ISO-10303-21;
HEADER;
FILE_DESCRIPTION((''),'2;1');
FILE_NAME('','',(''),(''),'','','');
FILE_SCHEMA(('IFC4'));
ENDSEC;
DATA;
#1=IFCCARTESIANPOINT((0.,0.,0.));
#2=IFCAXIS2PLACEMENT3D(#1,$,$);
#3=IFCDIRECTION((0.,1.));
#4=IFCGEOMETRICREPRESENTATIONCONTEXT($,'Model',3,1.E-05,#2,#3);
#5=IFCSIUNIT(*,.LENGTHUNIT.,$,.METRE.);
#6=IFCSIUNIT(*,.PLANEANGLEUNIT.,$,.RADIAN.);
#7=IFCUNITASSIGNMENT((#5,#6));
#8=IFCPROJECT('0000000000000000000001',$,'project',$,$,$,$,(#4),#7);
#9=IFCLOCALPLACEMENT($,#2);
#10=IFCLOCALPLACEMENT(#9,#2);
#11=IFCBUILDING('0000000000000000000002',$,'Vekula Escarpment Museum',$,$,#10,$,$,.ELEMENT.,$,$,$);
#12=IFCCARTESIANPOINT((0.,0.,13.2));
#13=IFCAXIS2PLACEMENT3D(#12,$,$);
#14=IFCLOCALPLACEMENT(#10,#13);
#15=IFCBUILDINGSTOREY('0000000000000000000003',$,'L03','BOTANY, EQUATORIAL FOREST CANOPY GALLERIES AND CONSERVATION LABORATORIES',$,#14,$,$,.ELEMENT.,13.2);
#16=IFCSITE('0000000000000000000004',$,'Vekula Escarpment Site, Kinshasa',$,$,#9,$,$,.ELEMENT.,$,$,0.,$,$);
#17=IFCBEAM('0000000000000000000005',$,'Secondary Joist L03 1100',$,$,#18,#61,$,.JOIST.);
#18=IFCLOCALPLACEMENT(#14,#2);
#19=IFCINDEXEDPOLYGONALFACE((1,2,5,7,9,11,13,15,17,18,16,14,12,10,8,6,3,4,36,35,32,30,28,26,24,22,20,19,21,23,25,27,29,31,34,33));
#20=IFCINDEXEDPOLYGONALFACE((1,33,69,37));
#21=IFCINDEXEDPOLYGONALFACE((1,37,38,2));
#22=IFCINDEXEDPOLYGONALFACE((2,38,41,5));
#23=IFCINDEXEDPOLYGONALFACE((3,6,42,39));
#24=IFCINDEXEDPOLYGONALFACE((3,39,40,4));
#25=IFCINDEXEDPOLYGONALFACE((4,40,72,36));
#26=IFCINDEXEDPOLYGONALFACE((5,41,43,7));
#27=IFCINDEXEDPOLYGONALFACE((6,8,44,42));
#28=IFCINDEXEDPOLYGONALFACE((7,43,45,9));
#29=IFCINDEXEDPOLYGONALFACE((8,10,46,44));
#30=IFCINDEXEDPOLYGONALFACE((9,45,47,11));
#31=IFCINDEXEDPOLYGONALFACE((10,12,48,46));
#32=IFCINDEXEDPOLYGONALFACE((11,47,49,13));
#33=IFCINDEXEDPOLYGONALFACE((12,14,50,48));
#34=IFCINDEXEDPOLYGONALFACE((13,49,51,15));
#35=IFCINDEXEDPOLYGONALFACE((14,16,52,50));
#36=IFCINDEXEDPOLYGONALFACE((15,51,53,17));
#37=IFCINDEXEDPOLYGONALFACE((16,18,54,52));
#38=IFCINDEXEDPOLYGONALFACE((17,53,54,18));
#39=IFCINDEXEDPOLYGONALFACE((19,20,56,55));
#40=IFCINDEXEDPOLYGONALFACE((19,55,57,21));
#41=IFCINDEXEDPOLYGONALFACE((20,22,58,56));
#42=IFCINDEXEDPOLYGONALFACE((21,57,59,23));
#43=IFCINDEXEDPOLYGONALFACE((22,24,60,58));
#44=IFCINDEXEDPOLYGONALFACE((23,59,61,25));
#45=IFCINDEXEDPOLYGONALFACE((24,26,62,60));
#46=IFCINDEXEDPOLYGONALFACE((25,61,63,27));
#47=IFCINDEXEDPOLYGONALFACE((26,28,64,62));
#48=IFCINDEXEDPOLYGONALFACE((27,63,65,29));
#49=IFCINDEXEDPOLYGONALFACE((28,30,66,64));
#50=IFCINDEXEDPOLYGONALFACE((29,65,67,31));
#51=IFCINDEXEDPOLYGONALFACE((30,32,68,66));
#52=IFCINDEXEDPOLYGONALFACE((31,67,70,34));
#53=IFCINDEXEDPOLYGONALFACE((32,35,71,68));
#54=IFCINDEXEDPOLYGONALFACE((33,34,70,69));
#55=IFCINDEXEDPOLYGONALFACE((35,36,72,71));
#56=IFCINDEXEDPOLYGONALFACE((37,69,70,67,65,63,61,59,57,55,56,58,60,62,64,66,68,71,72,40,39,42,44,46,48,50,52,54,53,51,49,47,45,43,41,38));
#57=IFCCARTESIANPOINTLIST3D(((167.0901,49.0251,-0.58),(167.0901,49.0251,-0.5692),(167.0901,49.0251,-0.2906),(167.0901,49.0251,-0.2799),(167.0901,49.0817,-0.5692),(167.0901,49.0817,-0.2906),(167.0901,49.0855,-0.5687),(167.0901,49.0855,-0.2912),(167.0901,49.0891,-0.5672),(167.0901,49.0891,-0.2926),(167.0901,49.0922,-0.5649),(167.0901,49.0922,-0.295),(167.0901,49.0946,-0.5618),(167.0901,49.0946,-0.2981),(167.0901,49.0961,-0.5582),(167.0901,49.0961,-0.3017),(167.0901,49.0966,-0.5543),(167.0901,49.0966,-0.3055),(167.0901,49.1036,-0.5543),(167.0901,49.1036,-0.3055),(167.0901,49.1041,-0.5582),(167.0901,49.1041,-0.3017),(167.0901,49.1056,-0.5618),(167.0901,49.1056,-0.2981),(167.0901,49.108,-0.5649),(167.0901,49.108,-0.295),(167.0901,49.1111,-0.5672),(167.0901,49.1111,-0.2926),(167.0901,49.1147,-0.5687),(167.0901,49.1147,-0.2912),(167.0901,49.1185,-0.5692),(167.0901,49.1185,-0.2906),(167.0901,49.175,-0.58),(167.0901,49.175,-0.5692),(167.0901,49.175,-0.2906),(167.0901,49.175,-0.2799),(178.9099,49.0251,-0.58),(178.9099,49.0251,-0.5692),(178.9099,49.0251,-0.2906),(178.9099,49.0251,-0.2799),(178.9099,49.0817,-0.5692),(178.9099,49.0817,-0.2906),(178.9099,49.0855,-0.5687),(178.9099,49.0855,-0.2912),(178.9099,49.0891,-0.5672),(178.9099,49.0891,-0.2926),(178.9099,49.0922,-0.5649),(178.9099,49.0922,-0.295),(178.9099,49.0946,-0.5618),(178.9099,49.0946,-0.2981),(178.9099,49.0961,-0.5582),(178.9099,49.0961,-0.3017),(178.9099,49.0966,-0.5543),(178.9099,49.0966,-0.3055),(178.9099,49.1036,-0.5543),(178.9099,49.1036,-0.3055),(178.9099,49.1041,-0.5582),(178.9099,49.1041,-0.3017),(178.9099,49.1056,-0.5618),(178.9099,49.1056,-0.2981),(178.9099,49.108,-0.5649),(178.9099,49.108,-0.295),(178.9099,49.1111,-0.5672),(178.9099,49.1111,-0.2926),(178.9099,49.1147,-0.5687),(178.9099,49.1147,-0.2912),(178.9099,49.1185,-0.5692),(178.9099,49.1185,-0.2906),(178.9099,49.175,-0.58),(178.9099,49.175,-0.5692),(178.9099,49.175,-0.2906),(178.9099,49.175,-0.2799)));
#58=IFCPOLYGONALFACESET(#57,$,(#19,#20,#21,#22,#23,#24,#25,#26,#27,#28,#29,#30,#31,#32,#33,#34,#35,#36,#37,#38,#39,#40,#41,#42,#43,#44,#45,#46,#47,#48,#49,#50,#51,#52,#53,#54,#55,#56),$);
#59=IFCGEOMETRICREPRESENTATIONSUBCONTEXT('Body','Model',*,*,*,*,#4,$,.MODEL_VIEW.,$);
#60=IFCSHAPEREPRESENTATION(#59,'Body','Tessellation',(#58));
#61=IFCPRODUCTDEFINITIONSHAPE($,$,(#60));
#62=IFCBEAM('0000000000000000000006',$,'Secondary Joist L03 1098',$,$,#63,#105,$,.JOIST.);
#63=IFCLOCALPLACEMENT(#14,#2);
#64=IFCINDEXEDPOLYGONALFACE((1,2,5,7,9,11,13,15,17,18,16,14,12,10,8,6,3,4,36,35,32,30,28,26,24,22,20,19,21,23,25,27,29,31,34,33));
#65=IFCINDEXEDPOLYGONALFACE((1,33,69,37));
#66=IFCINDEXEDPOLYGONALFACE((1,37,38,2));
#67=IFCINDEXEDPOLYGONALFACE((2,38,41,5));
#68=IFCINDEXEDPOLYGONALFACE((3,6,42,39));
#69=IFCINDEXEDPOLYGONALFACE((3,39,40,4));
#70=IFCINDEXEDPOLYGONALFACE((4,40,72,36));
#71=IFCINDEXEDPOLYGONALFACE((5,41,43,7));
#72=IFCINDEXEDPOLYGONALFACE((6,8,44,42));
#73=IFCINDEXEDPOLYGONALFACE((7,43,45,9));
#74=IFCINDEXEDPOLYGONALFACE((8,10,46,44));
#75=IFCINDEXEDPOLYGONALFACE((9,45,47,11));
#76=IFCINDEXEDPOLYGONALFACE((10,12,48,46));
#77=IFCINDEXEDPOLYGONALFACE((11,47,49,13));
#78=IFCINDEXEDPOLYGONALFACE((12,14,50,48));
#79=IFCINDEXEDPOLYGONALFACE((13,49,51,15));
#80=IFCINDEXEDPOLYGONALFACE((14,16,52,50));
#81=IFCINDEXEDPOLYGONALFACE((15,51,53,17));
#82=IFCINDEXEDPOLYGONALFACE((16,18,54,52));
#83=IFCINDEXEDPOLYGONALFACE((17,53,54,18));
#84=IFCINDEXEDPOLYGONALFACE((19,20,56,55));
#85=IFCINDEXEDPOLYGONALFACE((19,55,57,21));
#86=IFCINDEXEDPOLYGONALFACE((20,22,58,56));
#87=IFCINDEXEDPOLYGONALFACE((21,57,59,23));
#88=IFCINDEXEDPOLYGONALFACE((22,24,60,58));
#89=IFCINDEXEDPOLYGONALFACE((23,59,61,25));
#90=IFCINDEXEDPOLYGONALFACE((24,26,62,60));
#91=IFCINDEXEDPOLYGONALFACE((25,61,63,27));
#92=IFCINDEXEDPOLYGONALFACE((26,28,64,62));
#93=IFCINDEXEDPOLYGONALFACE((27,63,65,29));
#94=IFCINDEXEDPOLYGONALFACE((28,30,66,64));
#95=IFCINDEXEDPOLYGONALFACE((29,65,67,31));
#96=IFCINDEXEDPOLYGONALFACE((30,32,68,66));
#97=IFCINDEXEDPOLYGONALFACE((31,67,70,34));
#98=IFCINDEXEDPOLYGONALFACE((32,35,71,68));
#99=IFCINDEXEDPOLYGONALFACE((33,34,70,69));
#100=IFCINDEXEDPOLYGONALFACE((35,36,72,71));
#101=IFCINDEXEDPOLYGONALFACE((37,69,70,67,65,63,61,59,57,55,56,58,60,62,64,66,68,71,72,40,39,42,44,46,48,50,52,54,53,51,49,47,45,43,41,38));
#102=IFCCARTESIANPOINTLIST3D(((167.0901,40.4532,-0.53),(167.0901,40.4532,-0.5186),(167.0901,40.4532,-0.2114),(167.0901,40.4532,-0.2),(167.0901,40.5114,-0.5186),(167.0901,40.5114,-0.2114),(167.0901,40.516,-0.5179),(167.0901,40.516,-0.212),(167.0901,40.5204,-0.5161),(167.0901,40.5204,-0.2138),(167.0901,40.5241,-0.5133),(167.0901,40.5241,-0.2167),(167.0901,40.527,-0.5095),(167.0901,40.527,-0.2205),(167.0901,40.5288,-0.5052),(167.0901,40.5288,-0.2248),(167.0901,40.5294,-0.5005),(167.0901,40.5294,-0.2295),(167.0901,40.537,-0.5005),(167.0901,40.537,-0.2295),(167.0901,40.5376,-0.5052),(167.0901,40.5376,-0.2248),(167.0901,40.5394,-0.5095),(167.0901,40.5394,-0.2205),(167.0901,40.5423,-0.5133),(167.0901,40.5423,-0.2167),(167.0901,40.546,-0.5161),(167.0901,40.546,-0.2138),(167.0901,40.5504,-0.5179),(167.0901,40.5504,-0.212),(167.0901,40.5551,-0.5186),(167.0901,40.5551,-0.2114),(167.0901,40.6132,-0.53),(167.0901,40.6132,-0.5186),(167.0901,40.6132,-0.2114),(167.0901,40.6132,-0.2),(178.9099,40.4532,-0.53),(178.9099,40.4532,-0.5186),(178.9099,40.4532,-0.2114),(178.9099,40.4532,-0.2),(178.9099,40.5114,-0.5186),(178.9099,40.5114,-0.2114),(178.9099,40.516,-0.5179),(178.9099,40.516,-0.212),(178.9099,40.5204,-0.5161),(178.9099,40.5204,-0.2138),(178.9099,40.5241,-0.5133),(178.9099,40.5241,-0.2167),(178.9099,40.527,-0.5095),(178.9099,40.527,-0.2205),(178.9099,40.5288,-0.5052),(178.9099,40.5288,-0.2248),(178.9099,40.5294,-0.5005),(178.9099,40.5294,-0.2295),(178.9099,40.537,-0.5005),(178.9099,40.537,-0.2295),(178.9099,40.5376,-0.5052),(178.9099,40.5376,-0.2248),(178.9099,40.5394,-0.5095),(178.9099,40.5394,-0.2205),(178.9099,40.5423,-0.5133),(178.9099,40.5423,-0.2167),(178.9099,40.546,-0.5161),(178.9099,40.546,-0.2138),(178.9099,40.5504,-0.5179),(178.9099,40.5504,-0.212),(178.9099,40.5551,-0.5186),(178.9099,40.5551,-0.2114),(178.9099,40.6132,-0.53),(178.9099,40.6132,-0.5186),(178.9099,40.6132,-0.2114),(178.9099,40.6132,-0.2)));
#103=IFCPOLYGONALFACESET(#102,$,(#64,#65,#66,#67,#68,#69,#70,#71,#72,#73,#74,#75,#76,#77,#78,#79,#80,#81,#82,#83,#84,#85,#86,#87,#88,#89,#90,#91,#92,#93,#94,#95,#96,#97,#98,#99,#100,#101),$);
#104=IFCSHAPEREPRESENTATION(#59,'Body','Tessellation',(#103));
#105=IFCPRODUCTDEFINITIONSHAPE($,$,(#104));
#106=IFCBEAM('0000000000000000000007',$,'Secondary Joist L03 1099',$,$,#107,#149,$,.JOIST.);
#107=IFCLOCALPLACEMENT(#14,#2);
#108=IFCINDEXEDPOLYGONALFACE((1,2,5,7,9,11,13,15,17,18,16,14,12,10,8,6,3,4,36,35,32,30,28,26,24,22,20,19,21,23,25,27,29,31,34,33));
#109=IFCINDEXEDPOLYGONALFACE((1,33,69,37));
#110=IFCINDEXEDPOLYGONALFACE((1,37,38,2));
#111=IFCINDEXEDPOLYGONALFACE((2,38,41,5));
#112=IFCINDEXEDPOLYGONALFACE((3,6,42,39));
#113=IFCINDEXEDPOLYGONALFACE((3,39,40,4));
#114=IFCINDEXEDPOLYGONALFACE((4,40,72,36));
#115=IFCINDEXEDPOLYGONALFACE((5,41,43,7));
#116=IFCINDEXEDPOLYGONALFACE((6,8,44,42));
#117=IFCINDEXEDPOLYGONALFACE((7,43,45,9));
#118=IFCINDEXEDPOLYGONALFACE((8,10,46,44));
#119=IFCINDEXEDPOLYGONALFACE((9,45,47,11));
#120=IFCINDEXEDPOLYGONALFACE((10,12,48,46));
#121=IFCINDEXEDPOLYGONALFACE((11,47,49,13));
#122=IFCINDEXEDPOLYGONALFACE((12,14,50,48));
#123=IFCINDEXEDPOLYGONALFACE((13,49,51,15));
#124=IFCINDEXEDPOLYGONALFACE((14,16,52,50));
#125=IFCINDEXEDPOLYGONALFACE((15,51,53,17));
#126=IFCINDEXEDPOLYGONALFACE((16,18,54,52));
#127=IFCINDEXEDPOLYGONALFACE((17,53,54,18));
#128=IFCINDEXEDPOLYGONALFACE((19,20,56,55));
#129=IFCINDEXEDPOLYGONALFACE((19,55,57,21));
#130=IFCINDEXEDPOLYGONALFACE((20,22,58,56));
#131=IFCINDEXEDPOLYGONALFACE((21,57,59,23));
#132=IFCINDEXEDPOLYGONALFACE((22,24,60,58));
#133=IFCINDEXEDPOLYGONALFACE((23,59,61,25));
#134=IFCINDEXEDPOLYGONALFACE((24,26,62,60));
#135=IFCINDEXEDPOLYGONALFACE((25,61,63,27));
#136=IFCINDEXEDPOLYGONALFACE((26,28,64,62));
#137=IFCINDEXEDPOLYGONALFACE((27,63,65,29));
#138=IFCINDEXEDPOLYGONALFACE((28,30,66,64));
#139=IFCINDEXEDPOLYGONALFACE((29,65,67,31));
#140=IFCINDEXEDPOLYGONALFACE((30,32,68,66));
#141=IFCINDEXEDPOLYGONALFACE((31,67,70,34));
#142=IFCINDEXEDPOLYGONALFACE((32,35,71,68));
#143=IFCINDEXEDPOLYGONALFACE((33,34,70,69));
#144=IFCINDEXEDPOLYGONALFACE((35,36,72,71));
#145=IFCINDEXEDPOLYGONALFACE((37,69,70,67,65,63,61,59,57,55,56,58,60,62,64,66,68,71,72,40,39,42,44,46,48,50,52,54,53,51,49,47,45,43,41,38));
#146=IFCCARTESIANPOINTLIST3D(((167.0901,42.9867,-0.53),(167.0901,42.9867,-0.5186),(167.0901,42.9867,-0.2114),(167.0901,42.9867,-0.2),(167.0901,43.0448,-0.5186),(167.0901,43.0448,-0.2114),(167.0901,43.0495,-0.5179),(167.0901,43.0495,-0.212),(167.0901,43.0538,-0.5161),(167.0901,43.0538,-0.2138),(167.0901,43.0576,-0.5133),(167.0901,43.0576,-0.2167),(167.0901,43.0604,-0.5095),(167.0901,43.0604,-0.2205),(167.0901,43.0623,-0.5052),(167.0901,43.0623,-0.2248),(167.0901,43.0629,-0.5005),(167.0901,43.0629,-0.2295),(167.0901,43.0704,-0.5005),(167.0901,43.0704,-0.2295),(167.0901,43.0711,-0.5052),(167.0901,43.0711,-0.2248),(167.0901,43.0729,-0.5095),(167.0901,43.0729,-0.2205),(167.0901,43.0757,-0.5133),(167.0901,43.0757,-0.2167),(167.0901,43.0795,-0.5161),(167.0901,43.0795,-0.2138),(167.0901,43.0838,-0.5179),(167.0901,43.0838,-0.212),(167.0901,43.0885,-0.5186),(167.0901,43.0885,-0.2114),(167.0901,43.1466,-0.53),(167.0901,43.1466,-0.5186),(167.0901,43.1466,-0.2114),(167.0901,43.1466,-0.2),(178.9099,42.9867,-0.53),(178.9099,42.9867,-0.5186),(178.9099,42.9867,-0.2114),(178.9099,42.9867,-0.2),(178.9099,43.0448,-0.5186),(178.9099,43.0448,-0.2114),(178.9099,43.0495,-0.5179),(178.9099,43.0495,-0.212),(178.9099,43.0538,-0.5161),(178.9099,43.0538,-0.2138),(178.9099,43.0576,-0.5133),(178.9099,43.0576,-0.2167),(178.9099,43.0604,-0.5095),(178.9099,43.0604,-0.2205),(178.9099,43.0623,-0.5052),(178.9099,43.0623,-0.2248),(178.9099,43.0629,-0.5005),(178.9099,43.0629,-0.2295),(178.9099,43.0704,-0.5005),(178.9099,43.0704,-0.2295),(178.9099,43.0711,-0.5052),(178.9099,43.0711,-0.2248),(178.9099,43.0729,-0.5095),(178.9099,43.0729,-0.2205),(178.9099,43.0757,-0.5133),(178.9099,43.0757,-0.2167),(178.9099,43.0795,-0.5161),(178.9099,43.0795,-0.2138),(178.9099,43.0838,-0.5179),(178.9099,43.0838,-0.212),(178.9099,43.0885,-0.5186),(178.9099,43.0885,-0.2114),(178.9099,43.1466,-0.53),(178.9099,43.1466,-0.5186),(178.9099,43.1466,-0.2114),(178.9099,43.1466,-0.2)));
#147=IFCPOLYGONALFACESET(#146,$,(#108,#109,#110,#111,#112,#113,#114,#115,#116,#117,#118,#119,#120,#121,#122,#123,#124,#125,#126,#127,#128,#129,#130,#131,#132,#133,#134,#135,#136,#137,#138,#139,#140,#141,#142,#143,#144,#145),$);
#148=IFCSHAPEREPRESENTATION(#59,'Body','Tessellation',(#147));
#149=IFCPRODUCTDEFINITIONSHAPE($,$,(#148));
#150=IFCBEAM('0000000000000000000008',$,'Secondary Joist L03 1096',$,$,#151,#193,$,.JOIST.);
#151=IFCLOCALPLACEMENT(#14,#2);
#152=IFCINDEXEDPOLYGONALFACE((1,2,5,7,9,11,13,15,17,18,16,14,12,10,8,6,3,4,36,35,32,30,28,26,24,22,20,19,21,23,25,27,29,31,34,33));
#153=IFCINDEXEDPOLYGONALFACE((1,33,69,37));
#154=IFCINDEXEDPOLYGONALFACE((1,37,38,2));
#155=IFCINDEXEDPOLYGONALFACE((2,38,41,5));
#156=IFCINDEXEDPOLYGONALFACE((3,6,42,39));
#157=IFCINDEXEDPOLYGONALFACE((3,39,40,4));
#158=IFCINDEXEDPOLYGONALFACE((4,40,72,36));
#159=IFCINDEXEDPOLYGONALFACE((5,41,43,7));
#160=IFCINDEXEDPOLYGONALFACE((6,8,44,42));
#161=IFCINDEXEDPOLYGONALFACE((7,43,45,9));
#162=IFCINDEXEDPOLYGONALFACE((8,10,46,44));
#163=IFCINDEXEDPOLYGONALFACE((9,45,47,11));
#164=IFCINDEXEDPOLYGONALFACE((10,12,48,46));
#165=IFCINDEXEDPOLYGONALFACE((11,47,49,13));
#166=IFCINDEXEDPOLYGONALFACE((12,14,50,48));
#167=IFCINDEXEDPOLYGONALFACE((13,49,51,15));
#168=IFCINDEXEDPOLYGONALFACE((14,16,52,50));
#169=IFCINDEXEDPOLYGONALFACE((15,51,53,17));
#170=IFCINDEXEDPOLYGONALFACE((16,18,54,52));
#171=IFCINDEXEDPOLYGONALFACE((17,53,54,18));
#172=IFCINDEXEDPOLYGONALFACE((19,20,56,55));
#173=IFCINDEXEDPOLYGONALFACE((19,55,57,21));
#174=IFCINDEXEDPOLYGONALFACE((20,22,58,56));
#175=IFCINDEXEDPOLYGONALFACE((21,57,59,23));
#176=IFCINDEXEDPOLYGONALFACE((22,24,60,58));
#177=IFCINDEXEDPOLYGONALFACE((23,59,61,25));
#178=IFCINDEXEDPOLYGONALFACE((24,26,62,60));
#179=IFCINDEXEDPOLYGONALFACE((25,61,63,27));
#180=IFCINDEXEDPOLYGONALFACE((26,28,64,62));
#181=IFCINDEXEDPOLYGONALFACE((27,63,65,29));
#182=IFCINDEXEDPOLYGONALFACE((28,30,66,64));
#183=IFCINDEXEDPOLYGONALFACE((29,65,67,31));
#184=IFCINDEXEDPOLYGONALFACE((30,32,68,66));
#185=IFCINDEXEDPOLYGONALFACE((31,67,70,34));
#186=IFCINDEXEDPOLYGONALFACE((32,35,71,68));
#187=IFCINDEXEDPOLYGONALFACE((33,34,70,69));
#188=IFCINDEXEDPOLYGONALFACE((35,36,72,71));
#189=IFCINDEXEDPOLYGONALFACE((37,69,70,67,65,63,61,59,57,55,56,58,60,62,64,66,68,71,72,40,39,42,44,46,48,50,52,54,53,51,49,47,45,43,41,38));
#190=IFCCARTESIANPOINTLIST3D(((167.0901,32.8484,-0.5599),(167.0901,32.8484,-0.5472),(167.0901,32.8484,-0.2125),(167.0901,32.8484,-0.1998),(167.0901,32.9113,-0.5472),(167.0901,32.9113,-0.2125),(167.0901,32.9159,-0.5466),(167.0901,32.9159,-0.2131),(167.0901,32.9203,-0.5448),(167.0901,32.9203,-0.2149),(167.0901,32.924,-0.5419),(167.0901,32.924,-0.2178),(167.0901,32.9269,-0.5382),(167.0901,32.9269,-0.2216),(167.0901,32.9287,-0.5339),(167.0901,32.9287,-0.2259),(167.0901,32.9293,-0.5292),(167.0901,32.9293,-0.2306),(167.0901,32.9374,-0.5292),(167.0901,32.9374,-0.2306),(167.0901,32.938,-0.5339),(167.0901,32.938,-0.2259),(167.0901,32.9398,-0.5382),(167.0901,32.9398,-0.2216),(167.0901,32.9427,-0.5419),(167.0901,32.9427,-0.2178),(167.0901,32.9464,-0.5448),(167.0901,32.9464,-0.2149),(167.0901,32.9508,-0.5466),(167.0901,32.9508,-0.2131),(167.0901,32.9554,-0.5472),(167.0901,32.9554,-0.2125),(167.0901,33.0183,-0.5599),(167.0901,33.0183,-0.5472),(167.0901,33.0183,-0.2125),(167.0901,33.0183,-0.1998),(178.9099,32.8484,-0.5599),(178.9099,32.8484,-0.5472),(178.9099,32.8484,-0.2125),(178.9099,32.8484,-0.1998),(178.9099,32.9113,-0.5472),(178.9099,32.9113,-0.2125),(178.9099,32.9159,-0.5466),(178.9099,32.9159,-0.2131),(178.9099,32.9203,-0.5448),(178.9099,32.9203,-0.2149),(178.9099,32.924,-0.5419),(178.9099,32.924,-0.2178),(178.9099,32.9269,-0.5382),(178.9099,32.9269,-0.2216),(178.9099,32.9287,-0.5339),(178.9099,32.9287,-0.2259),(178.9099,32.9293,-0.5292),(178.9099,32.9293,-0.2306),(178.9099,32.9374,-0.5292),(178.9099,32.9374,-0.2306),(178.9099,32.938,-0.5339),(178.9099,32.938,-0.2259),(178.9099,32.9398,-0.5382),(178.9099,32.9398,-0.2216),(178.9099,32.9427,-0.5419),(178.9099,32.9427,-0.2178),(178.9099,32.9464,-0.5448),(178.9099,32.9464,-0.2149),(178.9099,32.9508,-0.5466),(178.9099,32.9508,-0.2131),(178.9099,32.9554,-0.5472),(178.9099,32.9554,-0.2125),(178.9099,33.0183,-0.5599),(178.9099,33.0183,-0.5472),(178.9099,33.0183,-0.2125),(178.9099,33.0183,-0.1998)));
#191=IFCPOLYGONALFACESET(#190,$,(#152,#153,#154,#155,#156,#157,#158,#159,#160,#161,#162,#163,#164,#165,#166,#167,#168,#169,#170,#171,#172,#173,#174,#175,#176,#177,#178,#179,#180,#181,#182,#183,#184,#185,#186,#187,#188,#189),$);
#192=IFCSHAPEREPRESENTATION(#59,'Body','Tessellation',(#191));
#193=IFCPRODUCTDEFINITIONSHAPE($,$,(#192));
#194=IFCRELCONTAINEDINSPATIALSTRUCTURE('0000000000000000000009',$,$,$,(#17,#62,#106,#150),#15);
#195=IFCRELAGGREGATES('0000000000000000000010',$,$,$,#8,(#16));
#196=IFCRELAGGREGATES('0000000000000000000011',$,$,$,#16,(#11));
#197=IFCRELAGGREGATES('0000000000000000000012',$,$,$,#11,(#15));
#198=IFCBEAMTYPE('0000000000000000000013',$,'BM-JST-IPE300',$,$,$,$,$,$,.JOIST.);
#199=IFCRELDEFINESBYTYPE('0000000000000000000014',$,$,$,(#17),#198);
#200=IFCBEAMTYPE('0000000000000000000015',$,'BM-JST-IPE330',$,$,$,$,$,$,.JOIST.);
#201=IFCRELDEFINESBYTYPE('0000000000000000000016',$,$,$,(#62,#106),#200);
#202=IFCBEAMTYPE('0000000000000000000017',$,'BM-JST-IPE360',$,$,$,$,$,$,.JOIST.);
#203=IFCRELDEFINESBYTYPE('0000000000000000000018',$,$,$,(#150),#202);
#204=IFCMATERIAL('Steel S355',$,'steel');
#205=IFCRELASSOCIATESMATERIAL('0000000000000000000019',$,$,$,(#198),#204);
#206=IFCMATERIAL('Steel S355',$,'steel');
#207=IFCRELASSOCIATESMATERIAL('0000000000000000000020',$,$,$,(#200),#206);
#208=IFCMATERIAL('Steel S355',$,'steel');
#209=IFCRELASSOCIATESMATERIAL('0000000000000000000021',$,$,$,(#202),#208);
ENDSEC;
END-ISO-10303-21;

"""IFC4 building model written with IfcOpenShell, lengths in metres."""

from ifc_helpers import new_model, si_unit, direction, frame, origin, origin_2d, place, context, subcontext, project, spatial, i_section, extrude, material, material_profile, profile_set, type_object, element, save


model = new_model("IFC4")

# Units and contexts
model_context = context("Model", 3, precision=1e-05, world=origin(), true_north=direction((0.0, 1.0)))
body_context = subcontext(model_context, "Body", "Model", "MODEL_VIEW")
ifc_project = project(units=[si_unit("LENGTHUNIT", "METRE"), si_unit("PLANEANGLEUNIT", "RADIAN")], contexts=[model_context])

# Site, building, storey
site_placement = place(None, origin())
site = spatial("IfcSite", under=ifc_project, at=site_placement, Name="Vekula Escarpment Site, Kinshasa", CompositionType="ELEMENT", RefElevation=0.0)
building_placement = place(site_placement, origin())
building = spatial("IfcBuilding", under=site, at=building_placement, Name="Vekula Escarpment Museum", CompositionType="ELEMENT")
storey_placement = place(building_placement, frame((0.0, 0.0, 13.2)))
storey = spatial("IfcBuildingStorey", under=building, at=storey_placement, Name="L03", Description="BOTANY, EQUATORIAL FOREST CANOPY GALLERIES AND CONSERVATION LABORATORIES", CompositionType="ELEMENT", Elevation=13.2)

# Beams
ifc_material_1 = material(Name="Steel S355", Category="steel")
ifc_material_profile_1 = material_profile(ifc_material_1, i_section(OverallWidth=0.1499, OverallDepth=0.3, WebThickness=0.0071, FlangeThickness=0.0107, FilletRadius=0.0149, at=origin_2d()), Name="IPE 300")
ifc_profile_set_1 = profile_set([ifc_material_profile_1], Name="Steel S355")
beam_type_1 = type_object("IfcBeamType", Name="BM-JST-IPE300", PredefinedType="JOIST", material=ifc_profile_set_1)
for number, where, z_axis, x_axis, name in (
    (1, (167.0901, 49.1001, -0.4299), (1.0, 0.0, 0.0), (0.0, 1.0, 0.0), "Secondary Joist L03 1100"),
):
    element("IfcBeam", number, at=place(storey_placement, frame(where, z_axis=z_axis, x_axis=x_axis)), inside=storey, type_object=beam_type_1, Name=name, PredefinedType="JOIST", context=body_context, shape_type="SweptSolid", body=[
        extrude(i_section(OverallWidth=0.1499, OverallDepth=0.3, WebThickness=0.0071, FlangeThickness=0.0107, FilletRadius=0.0149, at=origin_2d()), origin(), (0.0, 0.0, 1.0), 11.8198),
    ])
ifc_material_2 = material(Name="Steel S355", Category="steel")
ifc_material_profile_2 = material_profile(ifc_material_2, i_section(OverallWidth=0.1599, OverallDepth=0.3301, WebThickness=0.0076, FlangeThickness=0.0115, FilletRadius=0.0181, at=origin_2d()), Name="IPE 330")
ifc_profile_set_2 = profile_set([ifc_material_profile_2], Name="Steel S355")
beam_type_2 = type_object("IfcBeamType", Name="BM-JST-IPE330", PredefinedType="JOIST", material=ifc_profile_set_2)
for number, where, z_axis, x_axis, name in (
    (2, (167.0901, 40.5332, -0.365), (1.0, 0.0, 0.0), (0.0, 1.0, 0.0), "Secondary Joist L03 1098"),
    (3, (167.0901, 43.0667, -0.365), (1.0, 0.0, 0.0), (0.0, 1.0, 0.0), "Secondary Joist L03 1099"),
):
    element("IfcBeam", number, at=place(storey_placement, frame(where, z_axis=z_axis, x_axis=x_axis)), inside=storey, type_object=beam_type_2, Name=name, PredefinedType="JOIST", context=body_context, shape_type="SweptSolid", body=[
        extrude(i_section(OverallWidth=0.1599, OverallDepth=0.3301, WebThickness=0.0076, FlangeThickness=0.0115, FilletRadius=0.0181, at=origin_2d()), origin(), (0.0, 0.0, 1.0), 11.8198),
    ])
ifc_material_3 = material(Name="Steel S355", Category="steel")
ifc_material_profile_3 = material_profile(ifc_material_3, i_section(OverallWidth=0.1699, OverallDepth=0.3601, WebThickness=0.0081, FlangeThickness=0.0127, FilletRadius=0.0181, at=origin_2d()), Name="IPE 360")
ifc_profile_set_3 = profile_set([ifc_material_profile_3], Name="Steel S355")
beam_type_3 = type_object("IfcBeamType", Name="BM-JST-IPE360", PredefinedType="JOIST", material=ifc_profile_set_3)
for number, where, z_axis, x_axis, name in (
    (4, (167.0901, 32.9333, -0.3799), (1.0, 0.0, 0.0), (0.0, 1.0, 0.0), "Secondary Joist L03 1096"),
):
    element("IfcBeam", number, at=place(storey_placement, frame(where, z_axis=z_axis, x_axis=x_axis)), inside=storey, type_object=beam_type_3, Name=name, PredefinedType="JOIST", context=body_context, shape_type="SweptSolid", body=[
        extrude(i_section(OverallWidth=0.1699, OverallDepth=0.3601, WebThickness=0.0081, FlangeThickness=0.0127, FilletRadius=0.0181, at=origin_2d()), origin(), (0.0, 0.0, 1.0), 11.8198),
    ])

save(model, "model.ifc")
